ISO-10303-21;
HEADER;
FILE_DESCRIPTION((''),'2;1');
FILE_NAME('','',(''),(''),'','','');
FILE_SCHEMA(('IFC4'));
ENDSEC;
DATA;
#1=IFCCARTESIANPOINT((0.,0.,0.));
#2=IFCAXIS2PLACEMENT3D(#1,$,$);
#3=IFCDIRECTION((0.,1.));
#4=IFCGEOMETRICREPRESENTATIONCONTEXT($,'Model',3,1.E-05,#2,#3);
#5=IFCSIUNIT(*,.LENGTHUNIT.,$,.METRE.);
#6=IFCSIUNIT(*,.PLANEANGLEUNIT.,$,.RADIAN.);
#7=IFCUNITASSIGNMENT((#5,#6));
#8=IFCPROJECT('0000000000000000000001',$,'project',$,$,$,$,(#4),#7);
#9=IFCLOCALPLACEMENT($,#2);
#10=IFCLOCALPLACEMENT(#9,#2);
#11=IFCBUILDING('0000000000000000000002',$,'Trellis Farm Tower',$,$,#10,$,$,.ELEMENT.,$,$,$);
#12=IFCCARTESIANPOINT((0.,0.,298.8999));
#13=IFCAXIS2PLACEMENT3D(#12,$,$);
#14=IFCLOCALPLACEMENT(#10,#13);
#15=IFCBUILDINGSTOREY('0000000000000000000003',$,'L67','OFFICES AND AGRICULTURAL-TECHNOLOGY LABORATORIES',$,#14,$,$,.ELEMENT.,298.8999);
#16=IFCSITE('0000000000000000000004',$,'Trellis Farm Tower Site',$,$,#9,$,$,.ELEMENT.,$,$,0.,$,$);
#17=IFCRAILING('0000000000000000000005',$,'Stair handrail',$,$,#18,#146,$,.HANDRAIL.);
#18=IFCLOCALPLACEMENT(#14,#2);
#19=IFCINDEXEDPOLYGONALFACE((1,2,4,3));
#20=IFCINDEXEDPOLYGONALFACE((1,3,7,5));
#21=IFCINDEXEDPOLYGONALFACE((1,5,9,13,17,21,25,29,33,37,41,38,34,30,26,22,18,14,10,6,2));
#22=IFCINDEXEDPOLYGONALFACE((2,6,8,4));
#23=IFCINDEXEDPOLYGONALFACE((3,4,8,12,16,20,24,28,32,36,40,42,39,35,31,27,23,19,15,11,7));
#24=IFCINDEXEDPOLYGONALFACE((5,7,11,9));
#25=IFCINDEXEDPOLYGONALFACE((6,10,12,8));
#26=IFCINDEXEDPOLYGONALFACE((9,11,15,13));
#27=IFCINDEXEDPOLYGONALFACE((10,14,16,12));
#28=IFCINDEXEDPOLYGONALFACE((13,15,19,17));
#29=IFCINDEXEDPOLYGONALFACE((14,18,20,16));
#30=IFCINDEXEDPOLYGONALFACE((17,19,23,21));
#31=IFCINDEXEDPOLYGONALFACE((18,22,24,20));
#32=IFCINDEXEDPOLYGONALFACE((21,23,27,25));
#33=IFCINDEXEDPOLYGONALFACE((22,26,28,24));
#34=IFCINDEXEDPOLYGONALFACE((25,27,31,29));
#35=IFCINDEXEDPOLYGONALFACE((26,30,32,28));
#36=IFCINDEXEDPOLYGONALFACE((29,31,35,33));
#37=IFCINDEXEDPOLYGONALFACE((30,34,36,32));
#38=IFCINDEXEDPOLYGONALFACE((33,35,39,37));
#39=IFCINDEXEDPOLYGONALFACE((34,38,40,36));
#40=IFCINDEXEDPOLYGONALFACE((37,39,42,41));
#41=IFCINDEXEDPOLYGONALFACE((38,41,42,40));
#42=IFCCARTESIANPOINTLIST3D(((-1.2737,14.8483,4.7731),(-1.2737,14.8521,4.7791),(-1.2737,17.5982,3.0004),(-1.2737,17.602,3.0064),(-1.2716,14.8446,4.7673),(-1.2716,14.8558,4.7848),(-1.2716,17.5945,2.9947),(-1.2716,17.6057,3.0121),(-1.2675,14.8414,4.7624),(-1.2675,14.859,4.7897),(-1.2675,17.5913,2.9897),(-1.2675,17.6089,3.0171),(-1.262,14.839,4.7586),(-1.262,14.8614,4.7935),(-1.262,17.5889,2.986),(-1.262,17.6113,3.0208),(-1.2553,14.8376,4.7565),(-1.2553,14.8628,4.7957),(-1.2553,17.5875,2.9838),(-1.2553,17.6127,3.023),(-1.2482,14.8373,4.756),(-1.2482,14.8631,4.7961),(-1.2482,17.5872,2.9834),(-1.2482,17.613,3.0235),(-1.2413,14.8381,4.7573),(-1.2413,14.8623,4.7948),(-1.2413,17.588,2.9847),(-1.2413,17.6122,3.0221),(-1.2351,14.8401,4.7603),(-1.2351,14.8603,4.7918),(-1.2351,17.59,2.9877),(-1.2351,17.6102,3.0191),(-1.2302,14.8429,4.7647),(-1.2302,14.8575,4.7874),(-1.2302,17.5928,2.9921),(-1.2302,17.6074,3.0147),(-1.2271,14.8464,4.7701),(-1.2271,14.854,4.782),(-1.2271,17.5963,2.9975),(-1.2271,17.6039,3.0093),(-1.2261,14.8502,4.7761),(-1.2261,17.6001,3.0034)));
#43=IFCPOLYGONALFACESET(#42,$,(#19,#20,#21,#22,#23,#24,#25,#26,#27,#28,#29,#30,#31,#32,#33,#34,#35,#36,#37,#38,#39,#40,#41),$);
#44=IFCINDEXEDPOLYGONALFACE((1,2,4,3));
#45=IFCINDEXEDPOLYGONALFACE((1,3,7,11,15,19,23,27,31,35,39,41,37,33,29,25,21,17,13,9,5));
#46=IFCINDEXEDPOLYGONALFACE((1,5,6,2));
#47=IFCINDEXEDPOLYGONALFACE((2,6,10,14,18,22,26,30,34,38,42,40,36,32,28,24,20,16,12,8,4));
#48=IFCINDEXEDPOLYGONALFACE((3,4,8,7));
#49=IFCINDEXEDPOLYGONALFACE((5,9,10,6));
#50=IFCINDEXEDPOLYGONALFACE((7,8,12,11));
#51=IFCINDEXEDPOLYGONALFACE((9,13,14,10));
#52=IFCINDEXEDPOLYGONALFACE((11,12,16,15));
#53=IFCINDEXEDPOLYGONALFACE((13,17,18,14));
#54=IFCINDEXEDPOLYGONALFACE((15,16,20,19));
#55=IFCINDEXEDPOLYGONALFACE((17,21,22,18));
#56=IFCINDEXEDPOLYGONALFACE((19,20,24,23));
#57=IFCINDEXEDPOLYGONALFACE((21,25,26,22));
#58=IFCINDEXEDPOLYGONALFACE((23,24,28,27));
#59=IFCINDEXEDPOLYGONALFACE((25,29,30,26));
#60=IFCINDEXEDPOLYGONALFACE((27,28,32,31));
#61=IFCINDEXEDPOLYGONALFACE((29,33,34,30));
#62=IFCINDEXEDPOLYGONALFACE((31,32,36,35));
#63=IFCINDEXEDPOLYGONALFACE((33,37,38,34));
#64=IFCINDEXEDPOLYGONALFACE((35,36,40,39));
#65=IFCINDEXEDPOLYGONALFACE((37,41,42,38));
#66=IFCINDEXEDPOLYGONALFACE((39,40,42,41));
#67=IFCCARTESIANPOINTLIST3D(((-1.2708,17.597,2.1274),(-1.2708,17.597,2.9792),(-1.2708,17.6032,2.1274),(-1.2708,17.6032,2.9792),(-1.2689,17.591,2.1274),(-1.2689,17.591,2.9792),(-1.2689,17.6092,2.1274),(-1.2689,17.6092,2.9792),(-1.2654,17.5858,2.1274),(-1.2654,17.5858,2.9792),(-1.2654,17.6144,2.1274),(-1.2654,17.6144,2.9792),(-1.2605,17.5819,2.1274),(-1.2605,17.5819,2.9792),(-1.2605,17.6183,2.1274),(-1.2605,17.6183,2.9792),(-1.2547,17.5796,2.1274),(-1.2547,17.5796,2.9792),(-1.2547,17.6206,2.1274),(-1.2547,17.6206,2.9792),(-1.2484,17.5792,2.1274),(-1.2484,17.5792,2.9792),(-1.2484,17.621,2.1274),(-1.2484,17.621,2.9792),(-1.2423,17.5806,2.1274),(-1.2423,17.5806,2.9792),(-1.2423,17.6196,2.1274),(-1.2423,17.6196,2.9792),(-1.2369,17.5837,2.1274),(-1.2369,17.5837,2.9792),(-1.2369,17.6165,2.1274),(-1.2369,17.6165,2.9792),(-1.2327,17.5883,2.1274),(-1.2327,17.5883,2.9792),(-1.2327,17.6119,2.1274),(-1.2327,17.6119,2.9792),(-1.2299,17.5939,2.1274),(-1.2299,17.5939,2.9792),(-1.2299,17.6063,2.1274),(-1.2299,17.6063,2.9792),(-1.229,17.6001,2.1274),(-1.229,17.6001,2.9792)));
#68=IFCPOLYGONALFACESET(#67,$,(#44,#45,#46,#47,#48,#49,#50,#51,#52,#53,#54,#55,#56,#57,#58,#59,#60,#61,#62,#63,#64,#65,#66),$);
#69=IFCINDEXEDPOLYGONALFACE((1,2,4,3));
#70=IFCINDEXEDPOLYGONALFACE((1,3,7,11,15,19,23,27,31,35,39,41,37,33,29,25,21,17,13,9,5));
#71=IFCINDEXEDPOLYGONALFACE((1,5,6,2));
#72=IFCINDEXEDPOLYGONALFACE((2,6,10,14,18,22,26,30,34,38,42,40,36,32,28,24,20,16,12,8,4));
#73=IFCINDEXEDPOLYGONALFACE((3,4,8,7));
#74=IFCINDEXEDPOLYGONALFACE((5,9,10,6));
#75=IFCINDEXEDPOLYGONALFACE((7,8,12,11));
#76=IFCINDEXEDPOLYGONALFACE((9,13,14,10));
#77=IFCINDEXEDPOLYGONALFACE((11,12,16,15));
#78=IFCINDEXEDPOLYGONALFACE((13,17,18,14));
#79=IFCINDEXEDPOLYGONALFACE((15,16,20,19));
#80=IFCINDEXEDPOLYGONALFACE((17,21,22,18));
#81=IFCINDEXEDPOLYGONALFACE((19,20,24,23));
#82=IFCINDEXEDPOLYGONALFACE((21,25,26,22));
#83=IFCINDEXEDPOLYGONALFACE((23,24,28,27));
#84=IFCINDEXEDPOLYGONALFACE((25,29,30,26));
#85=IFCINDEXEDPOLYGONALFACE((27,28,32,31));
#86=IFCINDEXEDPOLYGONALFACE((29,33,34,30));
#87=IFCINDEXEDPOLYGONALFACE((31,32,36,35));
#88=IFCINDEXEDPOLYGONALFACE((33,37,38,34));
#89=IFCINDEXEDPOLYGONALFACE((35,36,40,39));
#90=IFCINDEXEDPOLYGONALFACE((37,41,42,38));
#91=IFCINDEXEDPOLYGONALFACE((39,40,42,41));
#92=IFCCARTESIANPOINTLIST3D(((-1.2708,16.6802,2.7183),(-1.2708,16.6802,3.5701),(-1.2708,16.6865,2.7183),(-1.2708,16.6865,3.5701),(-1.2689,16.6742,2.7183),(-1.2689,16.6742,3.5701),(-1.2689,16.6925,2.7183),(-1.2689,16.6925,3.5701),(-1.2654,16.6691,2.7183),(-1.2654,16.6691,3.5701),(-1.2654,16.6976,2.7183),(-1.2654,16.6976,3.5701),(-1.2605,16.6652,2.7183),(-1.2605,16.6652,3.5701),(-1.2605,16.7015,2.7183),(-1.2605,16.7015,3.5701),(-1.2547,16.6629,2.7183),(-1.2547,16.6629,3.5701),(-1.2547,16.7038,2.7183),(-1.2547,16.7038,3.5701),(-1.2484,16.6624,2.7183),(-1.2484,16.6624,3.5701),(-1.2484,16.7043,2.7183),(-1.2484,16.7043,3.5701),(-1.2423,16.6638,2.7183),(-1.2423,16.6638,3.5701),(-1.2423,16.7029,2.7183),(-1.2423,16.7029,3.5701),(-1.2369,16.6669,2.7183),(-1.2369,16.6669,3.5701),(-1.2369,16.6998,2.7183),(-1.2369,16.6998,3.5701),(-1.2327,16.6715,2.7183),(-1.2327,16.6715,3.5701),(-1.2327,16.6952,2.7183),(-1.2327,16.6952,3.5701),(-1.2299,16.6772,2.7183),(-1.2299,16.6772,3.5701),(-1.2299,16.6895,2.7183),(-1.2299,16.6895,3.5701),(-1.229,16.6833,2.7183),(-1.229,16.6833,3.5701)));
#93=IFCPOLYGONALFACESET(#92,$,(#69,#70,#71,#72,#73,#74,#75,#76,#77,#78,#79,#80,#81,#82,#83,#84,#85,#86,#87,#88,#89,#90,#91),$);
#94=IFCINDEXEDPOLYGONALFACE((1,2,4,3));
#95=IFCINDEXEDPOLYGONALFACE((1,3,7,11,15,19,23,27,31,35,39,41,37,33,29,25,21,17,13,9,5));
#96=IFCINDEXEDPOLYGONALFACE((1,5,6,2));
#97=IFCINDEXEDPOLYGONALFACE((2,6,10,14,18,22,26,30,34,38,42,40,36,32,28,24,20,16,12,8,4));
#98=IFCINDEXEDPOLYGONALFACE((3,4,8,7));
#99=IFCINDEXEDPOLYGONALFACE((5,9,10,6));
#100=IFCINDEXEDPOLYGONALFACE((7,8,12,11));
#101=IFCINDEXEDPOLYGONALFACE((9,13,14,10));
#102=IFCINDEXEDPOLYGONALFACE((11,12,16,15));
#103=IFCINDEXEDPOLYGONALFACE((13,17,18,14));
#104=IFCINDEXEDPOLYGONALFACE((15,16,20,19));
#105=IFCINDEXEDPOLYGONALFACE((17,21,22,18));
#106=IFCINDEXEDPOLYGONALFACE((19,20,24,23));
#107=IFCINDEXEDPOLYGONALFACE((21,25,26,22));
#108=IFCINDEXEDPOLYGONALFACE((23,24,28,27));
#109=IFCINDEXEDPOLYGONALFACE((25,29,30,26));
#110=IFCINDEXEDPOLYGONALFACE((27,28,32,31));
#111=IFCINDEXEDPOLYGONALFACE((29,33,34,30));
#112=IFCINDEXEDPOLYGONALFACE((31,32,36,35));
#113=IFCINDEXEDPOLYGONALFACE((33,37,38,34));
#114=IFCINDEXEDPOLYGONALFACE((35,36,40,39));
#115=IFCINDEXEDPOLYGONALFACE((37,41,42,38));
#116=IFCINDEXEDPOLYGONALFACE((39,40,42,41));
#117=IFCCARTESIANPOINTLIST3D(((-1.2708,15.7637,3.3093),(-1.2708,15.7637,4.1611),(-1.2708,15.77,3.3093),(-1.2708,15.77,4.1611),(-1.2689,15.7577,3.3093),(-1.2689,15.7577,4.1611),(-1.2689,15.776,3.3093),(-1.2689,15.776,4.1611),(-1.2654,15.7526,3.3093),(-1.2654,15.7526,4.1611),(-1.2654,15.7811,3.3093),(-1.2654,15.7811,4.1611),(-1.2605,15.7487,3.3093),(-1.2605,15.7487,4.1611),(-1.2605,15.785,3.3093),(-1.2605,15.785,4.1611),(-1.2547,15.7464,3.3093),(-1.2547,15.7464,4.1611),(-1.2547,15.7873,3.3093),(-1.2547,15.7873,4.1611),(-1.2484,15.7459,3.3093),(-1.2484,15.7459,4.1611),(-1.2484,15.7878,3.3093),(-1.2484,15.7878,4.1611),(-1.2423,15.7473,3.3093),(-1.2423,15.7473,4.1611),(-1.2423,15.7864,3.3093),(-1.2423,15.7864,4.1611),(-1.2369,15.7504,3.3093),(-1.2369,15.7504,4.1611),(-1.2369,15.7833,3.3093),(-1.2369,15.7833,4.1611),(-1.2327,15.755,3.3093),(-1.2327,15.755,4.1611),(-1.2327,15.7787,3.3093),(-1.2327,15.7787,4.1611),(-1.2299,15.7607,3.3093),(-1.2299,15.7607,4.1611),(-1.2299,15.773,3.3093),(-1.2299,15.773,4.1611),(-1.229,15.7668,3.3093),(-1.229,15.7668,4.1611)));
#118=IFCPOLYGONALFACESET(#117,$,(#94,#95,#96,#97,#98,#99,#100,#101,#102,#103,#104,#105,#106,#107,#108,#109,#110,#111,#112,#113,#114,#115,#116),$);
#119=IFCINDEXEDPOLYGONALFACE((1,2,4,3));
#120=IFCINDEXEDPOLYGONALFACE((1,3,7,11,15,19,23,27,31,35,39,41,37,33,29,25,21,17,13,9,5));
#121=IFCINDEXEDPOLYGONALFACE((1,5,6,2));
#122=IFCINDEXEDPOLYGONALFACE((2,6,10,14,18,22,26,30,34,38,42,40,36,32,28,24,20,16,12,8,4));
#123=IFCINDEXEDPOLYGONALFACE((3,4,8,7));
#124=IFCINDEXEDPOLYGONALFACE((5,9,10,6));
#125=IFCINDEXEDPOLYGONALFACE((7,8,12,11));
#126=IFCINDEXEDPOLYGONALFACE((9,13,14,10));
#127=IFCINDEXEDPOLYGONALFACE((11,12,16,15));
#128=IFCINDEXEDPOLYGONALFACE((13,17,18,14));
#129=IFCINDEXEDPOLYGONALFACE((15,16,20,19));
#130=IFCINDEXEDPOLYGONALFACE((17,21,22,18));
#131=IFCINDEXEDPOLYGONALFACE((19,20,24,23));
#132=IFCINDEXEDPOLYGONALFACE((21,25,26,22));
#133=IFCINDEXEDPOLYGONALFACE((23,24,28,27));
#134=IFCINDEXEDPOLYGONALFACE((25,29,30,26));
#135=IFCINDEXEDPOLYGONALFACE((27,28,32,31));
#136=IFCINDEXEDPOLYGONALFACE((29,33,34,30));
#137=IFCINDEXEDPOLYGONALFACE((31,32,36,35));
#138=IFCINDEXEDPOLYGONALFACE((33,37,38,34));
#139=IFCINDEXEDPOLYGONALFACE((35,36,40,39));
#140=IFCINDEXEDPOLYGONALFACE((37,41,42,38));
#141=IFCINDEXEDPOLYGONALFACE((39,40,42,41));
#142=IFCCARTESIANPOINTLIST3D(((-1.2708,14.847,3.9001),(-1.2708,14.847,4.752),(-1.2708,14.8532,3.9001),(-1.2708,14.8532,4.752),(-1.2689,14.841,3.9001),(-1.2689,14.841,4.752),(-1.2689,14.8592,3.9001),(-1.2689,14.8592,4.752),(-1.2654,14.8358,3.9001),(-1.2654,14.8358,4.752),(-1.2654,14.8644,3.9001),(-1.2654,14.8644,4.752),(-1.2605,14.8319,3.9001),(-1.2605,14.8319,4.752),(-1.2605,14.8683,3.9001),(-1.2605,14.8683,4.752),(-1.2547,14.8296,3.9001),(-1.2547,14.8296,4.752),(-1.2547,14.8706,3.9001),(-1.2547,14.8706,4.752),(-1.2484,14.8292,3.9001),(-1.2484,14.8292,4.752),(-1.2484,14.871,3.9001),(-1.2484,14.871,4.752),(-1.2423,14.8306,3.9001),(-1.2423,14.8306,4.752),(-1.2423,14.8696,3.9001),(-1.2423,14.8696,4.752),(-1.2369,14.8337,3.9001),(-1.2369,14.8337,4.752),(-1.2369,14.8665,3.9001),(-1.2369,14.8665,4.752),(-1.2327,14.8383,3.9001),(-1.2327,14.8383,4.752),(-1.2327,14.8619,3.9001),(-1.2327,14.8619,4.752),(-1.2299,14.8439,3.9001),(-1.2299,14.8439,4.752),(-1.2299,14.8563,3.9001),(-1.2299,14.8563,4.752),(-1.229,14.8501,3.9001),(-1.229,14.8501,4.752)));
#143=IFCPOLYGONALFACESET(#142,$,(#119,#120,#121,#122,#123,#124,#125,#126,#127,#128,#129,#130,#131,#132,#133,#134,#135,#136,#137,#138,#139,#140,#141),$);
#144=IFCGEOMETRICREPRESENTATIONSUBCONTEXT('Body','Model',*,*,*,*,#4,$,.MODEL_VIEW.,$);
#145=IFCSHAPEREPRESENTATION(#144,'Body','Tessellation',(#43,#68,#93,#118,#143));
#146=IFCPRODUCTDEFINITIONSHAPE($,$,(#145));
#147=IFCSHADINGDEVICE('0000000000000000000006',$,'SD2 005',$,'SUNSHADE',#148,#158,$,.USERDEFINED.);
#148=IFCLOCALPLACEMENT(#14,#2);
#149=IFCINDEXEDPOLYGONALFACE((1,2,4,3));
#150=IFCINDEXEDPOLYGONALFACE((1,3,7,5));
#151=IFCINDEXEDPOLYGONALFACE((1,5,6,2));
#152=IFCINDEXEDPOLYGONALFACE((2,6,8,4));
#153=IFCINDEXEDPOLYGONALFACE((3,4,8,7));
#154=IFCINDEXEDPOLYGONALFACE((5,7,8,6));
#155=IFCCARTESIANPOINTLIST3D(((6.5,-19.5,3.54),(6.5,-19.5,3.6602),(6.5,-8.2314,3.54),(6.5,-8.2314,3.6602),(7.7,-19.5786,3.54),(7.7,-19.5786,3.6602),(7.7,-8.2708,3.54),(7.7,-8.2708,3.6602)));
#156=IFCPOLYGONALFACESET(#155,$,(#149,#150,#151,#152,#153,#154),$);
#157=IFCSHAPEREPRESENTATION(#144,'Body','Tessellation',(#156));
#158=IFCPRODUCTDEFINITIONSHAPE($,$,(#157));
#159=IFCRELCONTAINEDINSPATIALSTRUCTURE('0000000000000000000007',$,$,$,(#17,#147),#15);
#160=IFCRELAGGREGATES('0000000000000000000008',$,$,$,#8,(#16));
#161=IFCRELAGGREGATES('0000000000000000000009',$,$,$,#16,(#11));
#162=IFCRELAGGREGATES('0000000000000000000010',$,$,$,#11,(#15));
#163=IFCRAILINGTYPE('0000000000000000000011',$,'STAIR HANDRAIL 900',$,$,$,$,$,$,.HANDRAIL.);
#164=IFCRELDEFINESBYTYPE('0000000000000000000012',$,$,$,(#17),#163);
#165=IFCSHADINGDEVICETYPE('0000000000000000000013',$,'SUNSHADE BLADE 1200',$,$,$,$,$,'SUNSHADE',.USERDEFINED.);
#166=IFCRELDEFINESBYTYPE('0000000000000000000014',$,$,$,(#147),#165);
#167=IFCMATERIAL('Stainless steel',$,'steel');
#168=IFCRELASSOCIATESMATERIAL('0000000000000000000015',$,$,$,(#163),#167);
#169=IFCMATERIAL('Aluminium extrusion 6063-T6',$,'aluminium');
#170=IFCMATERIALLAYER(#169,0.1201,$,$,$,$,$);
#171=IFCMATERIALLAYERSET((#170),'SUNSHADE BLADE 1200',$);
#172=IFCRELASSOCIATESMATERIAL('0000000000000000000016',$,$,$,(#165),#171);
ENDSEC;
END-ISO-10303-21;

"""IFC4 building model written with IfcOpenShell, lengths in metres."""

from ifc_helpers import new_model, si_unit, direction, frame, origin, origin_2d, place, context, subcontext, project, spatial, polyline, circle, outline, extrude, source, transform, mapped, material, layer, layer_set, type_object, element, save


model = new_model("IFC4")

# Units and contexts
model_context = context("Model", 3, precision=1e-05, world=origin(), true_north=direction((0.0, 1.0)))
body_context = subcontext(model_context, "Body", "Model", "MODEL_VIEW")
ifc_project = project(units=[si_unit("LENGTHUNIT", "METRE"), si_unit("PLANEANGLEUNIT", "RADIAN")], contexts=[model_context])

# Site, building, storey
site_placement = place(None, origin())
site = spatial("IfcSite", under=ifc_project, at=site_placement, Name="Trellis Farm Tower Site", CompositionType="ELEMENT", RefElevation=0.0)
building_placement = place(site_placement, origin())
building = spatial("IfcBuilding", under=site, at=building_placement, Name="Trellis Farm Tower", CompositionType="ELEMENT")
storey_placement = place(building_placement, frame((0.0, 0.0, 298.8999)))
storey = spatial("IfcBuildingStorey", under=building, at=storey_placement, Name="L67", Description="OFFICES AND AGRICULTURAL-TECHNOLOGY LABORATORIES", CompositionType="ELEMENT", Elevation=298.8999)

# Shared definitions
ifc_material_1 = material(Name="Aluminium extrusion 6063-T6", Category="aluminium")

# Railing
ifc_material_2 = material(Name="Stainless steel", Category="steel")
railing_type = type_object("IfcRailingType", Name="STAIR HANDRAIL 900", PredefinedType="HANDRAIL", material=ifc_material_2)
shared_shape_1 = source(origin(), body_context, "Body", "SweptSolid", [
    extrude(circle(Radius=0.0239, at=origin_2d()), frame((0.0, 0.0, 0.876), z_axis=(0.0, -0.840504, 0.541806), x_axis=(1.0, 0.0, 0.0)), (0.0, 0.0, 1.0), 3.2717),
    extrude(circle(Radius=0.021, at=origin_2d()), origin(), (0.0, 0.0, 1.0), 0.8518),
    extrude(circle(Radius=0.021, at=origin_2d()), frame((0.0, -0.9167, 0.5908)), (0.0, 0.0, 1.0), 0.8518),
    extrude(circle(Radius=0.021, at=origin_2d()), frame((0.0, -1.8333, 1.1819)), (0.0, 0.0, 1.0), 0.8518),
    extrude(circle(Radius=0.021, at=origin_2d()), frame((0.0, -2.75, 1.7727)), (0.0, 0.0, 1.0), 0.8518),
])
railing_placement = place(storey_placement, frame((-1.25, 17.6001, 2.1274)))
element("IfcRailing", 1, at=railing_placement, inside=storey, type_object=railing_type, Name="Stair handrail", PredefinedType="HANDRAIL", context=body_context, shape_type="MappedRepresentation", body=[
    mapped(shared_shape_1, transform((0.0, 0.0, 0.0))),
])

# Shading device
ifc_layer_1 = layer(ifc_material_1, 0.1201)
ifc_layer_set_1 = layer_set([ifc_layer_1], Name="SUNSHADE BLADE 1200")
shading_device_type = type_object("IfcShadingDeviceType", Name="SUNSHADE BLADE 1200", ElementType="SUNSHADE", PredefinedType="USERDEFINED", material=ifc_layer_set_1)
shared_shape_2 = source(origin(), body_context, "Body", "SweptSolid", [
    extrude(outline(polyline([(7.7, -19.5786), (7.7, -8.2708), (6.5, -8.2314), (6.5, -19.5), (7.7, -19.5786)])), origin(), (0.0, 0.0, 1.0), 0.1201),
])
shading_device_placement = place(storey_placement, frame((0.0, 0.0, 3.54)))
element("IfcShadingDevice", 2, at=shading_device_placement, inside=storey, type_object=shading_device_type, Name="SD2 005", ObjectType="SUNSHADE", PredefinedType="USERDEFINED", context=body_context, shape_type="MappedRepresentation", body=[
    mapped(shared_shape_2, transform((0.0, 0.0, 0.0))),
])

save(model, "model.ifc")
